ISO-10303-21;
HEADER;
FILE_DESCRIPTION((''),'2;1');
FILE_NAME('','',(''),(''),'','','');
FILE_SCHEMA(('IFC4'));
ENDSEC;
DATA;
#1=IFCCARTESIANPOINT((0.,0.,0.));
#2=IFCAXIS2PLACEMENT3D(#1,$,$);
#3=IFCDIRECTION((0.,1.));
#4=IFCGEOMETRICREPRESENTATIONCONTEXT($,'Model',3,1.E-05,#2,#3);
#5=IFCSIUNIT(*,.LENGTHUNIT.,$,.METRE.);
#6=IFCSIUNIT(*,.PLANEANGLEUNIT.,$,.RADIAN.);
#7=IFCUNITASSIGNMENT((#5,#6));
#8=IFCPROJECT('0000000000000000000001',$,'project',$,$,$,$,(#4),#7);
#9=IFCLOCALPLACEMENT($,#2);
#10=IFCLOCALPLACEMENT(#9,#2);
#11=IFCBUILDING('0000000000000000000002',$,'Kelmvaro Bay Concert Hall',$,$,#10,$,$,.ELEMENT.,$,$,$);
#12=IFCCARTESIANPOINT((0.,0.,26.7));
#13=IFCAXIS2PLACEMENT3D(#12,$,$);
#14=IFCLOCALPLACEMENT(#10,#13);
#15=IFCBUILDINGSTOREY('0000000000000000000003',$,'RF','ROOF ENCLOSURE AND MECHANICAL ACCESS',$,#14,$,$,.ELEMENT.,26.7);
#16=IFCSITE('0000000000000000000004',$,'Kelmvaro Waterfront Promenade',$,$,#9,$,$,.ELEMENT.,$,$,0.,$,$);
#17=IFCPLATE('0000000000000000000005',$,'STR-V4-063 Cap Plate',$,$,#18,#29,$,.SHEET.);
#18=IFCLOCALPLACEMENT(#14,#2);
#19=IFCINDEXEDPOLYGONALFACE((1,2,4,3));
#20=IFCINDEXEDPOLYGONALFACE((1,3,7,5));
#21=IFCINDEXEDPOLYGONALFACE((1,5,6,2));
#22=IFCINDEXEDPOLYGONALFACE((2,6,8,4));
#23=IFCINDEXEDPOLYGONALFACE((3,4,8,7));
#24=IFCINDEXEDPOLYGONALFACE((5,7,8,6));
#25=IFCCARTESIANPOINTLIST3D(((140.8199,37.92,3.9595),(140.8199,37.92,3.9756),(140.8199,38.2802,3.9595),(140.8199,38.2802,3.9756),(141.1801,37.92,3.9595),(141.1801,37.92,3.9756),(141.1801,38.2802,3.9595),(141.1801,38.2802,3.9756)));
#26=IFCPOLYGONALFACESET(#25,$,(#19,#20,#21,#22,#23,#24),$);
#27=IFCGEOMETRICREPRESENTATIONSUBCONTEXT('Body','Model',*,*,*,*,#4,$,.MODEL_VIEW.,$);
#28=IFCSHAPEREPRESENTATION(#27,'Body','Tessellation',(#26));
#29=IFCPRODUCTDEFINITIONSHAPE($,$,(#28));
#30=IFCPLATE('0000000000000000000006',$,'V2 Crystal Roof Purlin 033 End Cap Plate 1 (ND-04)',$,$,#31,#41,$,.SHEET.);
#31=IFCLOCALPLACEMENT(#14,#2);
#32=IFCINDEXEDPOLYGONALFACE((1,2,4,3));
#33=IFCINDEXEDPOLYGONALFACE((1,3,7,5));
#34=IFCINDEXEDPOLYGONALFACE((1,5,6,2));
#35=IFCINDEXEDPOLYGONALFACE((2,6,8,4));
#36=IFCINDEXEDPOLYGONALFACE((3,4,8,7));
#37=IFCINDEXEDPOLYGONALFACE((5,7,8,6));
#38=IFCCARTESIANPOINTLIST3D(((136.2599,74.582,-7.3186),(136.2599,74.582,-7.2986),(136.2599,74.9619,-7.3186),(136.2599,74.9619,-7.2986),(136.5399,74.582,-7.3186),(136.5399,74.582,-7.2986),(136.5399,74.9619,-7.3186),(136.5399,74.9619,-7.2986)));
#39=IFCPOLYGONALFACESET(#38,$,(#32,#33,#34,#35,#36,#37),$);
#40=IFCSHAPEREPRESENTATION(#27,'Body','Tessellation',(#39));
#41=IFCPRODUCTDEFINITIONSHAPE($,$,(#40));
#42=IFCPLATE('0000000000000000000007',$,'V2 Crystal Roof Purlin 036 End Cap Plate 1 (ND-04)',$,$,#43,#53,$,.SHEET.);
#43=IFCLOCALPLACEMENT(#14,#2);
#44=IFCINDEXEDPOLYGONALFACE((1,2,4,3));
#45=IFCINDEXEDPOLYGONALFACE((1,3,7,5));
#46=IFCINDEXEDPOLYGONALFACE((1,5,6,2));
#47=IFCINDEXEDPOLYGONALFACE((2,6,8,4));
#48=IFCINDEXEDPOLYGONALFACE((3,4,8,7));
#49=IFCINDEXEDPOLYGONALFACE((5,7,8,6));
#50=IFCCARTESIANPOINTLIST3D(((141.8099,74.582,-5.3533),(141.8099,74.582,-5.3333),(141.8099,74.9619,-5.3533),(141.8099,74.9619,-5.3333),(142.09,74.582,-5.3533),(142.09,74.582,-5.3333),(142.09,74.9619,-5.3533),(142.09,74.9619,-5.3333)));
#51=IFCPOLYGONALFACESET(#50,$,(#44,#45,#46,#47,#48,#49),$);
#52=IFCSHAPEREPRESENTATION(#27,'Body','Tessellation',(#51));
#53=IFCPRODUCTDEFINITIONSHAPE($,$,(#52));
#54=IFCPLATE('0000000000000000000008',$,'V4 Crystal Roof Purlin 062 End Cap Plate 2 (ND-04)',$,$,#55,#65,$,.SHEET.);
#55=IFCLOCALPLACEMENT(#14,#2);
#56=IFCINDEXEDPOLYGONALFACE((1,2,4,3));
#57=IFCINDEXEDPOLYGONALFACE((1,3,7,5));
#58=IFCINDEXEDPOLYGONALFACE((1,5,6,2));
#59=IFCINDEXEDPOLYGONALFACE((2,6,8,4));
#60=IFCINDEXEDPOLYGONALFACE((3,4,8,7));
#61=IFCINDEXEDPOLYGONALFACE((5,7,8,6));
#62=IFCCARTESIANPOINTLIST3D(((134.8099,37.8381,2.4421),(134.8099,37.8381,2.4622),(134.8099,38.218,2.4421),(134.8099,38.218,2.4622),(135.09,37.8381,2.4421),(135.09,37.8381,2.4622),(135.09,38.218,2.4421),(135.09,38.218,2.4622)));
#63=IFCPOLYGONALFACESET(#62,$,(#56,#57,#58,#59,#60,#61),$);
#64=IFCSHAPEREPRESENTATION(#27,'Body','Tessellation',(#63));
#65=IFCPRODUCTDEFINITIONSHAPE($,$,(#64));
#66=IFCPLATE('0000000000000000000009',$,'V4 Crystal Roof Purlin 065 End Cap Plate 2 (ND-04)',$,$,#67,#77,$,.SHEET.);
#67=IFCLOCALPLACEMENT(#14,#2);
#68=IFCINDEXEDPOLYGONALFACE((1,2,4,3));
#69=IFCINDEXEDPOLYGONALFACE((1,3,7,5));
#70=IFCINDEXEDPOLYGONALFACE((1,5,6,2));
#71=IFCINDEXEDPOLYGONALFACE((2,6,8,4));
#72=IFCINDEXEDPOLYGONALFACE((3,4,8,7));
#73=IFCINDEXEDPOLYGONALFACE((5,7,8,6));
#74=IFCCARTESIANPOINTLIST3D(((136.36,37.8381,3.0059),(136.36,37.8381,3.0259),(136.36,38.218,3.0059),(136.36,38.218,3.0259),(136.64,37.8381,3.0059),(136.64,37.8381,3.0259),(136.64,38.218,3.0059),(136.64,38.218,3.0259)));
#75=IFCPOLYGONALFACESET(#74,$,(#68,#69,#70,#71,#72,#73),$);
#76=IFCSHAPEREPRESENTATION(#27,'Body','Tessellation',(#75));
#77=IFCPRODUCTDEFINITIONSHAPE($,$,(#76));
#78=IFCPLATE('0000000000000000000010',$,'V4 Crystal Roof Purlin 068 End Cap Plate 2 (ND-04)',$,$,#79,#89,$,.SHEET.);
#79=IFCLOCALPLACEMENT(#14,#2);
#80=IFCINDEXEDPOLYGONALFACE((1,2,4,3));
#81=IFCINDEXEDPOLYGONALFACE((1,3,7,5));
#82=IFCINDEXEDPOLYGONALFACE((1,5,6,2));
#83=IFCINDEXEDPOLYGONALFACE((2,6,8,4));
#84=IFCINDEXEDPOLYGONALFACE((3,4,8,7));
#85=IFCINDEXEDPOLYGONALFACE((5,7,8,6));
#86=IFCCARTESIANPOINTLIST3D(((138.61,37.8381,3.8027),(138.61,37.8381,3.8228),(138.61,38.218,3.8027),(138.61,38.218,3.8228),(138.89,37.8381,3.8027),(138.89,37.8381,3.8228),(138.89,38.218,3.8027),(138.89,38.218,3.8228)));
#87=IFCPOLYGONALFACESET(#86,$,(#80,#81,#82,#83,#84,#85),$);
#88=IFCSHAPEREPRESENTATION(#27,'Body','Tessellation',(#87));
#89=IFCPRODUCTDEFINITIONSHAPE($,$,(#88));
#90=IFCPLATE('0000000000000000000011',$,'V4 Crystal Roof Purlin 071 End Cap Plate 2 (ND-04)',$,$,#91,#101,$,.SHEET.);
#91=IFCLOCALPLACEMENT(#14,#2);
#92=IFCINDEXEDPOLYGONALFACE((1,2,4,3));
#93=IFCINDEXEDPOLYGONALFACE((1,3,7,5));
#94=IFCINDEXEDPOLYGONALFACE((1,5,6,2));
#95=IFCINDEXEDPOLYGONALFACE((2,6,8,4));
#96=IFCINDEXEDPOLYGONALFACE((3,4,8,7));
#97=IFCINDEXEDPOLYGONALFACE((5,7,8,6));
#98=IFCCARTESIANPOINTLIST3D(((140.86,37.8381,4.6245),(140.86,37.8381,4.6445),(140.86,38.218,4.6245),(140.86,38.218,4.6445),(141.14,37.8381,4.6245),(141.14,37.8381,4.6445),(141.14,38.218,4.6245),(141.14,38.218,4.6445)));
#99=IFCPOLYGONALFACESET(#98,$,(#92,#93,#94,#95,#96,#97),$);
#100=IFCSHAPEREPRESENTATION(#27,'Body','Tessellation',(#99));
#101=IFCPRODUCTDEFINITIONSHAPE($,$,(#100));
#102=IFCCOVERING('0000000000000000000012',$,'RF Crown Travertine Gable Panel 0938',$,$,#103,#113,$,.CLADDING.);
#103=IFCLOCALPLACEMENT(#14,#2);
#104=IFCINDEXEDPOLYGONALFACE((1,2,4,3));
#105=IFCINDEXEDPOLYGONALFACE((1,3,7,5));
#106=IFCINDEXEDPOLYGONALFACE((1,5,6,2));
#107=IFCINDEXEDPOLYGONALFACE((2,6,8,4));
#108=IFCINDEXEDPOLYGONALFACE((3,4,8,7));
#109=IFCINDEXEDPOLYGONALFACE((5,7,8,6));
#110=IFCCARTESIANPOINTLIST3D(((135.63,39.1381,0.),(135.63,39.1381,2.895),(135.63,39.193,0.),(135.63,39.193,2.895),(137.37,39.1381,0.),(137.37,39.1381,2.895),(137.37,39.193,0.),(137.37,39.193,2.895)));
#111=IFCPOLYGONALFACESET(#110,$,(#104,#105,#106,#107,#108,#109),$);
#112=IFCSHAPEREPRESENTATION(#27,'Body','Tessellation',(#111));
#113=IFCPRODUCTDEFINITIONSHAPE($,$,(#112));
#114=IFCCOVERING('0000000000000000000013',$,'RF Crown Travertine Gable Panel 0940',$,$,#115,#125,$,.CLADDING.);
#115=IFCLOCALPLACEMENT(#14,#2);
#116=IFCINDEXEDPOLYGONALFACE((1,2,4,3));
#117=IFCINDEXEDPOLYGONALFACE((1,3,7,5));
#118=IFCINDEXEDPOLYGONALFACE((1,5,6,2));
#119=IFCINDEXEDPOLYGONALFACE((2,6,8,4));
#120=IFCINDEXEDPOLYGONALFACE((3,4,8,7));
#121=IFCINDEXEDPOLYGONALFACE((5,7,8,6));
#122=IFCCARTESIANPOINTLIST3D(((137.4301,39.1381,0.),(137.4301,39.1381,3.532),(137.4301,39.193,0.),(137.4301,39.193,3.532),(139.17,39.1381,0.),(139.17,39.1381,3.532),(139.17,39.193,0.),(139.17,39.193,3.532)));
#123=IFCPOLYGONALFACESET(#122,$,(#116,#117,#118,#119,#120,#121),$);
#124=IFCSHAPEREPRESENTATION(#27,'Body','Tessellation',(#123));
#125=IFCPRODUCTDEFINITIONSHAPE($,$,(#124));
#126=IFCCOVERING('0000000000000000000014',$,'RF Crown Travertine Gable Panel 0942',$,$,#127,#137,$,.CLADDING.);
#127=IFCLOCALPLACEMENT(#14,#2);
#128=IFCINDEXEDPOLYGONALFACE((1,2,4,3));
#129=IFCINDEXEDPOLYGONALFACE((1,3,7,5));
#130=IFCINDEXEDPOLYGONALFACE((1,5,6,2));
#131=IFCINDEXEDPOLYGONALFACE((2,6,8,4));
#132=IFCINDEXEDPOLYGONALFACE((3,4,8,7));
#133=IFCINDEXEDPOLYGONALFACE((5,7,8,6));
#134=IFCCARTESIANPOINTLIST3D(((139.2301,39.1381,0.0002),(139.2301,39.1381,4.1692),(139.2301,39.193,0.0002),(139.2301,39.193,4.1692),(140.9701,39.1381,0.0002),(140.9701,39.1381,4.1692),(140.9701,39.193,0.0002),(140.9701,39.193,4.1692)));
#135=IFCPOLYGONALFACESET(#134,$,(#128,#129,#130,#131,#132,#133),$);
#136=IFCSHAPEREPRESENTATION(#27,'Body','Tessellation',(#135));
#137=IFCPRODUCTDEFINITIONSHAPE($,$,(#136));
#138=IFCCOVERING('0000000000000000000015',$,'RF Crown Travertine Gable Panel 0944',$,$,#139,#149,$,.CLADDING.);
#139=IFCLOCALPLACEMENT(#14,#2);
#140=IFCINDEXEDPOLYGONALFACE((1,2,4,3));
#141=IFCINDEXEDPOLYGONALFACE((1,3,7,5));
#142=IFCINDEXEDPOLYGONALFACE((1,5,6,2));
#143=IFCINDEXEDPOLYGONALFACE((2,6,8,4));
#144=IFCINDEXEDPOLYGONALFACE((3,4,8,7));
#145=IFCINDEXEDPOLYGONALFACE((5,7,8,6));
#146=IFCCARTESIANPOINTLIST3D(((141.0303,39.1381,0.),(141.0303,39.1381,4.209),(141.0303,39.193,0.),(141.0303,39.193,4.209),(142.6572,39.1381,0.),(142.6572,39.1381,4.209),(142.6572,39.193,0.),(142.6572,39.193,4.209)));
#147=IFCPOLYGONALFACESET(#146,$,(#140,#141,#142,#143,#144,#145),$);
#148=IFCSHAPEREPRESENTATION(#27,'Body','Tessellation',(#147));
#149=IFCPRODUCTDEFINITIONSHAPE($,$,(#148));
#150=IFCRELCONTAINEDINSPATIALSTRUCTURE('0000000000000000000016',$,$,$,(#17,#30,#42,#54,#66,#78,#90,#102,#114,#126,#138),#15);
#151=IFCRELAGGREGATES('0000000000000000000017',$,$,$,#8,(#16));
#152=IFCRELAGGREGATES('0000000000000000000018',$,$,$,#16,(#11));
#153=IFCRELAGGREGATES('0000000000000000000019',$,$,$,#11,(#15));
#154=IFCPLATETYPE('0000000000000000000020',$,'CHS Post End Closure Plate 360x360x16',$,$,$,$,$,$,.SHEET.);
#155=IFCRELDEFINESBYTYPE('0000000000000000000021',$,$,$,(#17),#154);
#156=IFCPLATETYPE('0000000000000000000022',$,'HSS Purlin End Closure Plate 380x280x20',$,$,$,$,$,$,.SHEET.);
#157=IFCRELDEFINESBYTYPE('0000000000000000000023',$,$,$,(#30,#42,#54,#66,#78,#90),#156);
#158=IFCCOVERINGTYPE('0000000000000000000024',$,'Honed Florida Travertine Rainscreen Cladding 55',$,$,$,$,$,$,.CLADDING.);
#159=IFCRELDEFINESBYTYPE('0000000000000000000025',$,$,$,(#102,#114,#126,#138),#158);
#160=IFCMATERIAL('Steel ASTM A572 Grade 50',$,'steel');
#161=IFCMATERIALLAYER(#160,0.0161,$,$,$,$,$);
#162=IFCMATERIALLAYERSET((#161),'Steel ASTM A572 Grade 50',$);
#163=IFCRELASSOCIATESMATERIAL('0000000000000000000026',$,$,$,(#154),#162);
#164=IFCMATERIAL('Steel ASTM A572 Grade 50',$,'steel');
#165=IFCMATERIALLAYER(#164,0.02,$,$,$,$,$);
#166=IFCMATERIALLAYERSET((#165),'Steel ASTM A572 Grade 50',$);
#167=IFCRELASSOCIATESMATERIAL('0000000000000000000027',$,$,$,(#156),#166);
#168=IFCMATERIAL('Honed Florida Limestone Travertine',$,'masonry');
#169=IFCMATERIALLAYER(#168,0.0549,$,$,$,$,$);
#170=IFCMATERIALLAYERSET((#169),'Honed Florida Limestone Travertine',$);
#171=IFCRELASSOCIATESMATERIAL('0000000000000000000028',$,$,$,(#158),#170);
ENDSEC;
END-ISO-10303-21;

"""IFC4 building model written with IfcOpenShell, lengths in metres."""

from ifc_helpers import new_model, si_unit, direction, frame, origin, origin_2d, place, context, subcontext, project, spatial, rectangle, extrude, material, layer, layer_set, type_object, element, save


model = new_model("IFC4")

# Units and contexts
model_context = context("Model", 3, precision=1e-05, world=origin(), true_north=direction((0.0, 1.0)))
body_context = subcontext(model_context, "Body", "Model", "MODEL_VIEW")
ifc_project = project(units=[si_unit("LENGTHUNIT", "METRE"), si_unit("PLANEANGLEUNIT", "RADIAN")], contexts=[model_context])

# Site, building, storey
site_placement = place(None, origin())
site = spatial("IfcSite", under=ifc_project, at=site_placement, Name="Kelmvaro Waterfront Promenade", CompositionType="ELEMENT", RefElevation=0.0)
building_placement = place(site_placement, origin())
building = spatial("IfcBuilding", under=site, at=building_placement, Name="Kelmvaro Bay Concert Hall", CompositionType="ELEMENT")
storey_placement = place(building_placement, frame((0.0, 0.0, 26.7)))
storey = spatial("IfcBuildingStorey", under=building, at=storey_placement, Name="RF", Description="ROOF ENCLOSURE AND MECHANICAL ACCESS", CompositionType="ELEMENT", Elevation=26.7)

# Plates
ifc_material_1 = material(Name="Steel ASTM A572 Grade 50", Category="steel")
ifc_layer_1 = layer(ifc_material_1, 0.0161)
ifc_layer_set_1 = layer_set([ifc_layer_1], Name="Steel ASTM A572 Grade 50")
plate_type_1 = type_object("IfcPlateType", Name="CHS Post End Closure Plate 360x360x16", PredefinedType="SHEET", material=ifc_layer_set_1)
for number, where, z_axis, x_axis, name in (
    (1, (141.0, 38.1001, 3.9595), (0.0, 0.0, 1.0), (1.0, 0.0, 0.0), "STR-V4-063 Cap Plate"),
):
    element("IfcPlate", number, at=place(storey_placement, frame(where, z_axis=z_axis, x_axis=x_axis)), inside=storey, type_object=plate_type_1, Name=name, PredefinedType="SHEET", context=body_context, shape_type="SweptSolid", body=[
        extrude(rectangle(XDim=0.3601, YDim=0.3601, at=origin_2d()), origin(), (0.0, 0.0, 1.0), 0.0161),
    ])
ifc_material_2 = material(Name="Steel ASTM A572 Grade 50", Category="steel")
ifc_layer_2 = layer(ifc_material_2, 0.02)
ifc_layer_set_2 = layer_set([ifc_layer_2], Name="Steel ASTM A572 Grade 50")
plate_type_2 = type_object("IfcPlateType", Name="HSS Purlin End Closure Plate 380x280x20", PredefinedType="SHEET", material=ifc_layer_set_2)
for number, where, z_axis, x_axis, name in (
    (2, (136.3999, 74.772, -7.3186), (0.0, 0.0, 1.0), (0.0, 1.0, 0.0), "V2 Crystal Roof Purlin 033 End Cap Plate 1 (ND-04)"),
    (3, (141.95, 74.772, -5.3533), (0.0, 0.0, 1.0), (0.0, 1.0, 0.0), "V2 Crystal Roof Purlin 036 End Cap Plate 1 (ND-04)"),
    (4, (134.95, 38.0281, 2.4421), (0.0, 0.0, 1.0), (0.0, 1.0, 0.0), "V4 Crystal Roof Purlin 062 End Cap Plate 2 (ND-04)"),
    (5, (136.5, 38.0281, 3.0059), (0.0, 0.0, 1.0), (0.0, 1.0, 0.0), "V4 Crystal Roof Purlin 065 End Cap Plate 2 (ND-04)"),
    (6, (138.75, 38.0281, 3.8027), (0.0, 0.0, 1.0), (0.0, 1.0, 0.0), "V4 Crystal Roof Purlin 068 End Cap Plate 2 (ND-04)"),
    (7, (141.0, 38.0281, 4.6245), (0.0, 0.0, 1.0), (0.0, 1.0, 0.0), "V4 Crystal Roof Purlin 071 End Cap Plate 2 (ND-04)"),
):
    element("IfcPlate", number, at=place(storey_placement, frame(where, z_axis=z_axis, x_axis=x_axis)), inside=storey, type_object=plate_type_2, Name=name, PredefinedType="SHEET", context=body_context, shape_type="SweptSolid", body=[
        extrude(rectangle(XDim=0.3799, YDim=0.28, at=origin_2d()), origin(), (0.0, 0.0, 1.0), 0.02),
    ])

# Coverings
ifc_material_3 = material(Name="Honed Florida Limestone Travertine", Category="masonry")
ifc_layer_3 = layer(ifc_material_3, 0.0549)
ifc_layer_set_3 = layer_set([ifc_layer_3], Name="Honed Florida Limestone Travertine")
covering_type = type_object("IfcCoveringType", Name="Honed Florida Travertine Rainscreen Cladding 55", PredefinedType="CLADDING", material=ifc_layer_set_3)
covering_1_placement = place(storey_placement, frame((136.5, 39.1655, 0.0), z_axis=(0.0, 0.0, 1.0), x_axis=(1.0, 0.0, 0.0)))
element("IfcCovering", 8, at=covering_1_placement, inside=storey, type_object=covering_type, Name="RF Crown Travertine Gable Panel 0938", PredefinedType="CLADDING", context=body_context, shape_type="SweptSolid", body=[
    extrude(rectangle(XDim=1.74, YDim=0.0549, at=origin_2d()), origin(), (0.0, 0.0, 1.0), 2.895),
])
covering_2_placement = place(storey_placement, frame((138.3, 39.1655, 0.0), z_axis=(0.0, 0.0, 1.0), x_axis=(1.0, 0.0, 0.0)))
element("IfcCovering", 9, at=covering_2_placement, inside=storey, type_object=covering_type, Name="RF Crown Travertine Gable Panel 0940", PredefinedType="CLADDING", context=body_context, shape_type="SweptSolid", body=[
    extrude(rectangle(XDim=1.74, YDim=0.0549, at=origin_2d()), origin(), (0.0, 0.0, 1.0), 3.532),
])
covering_3_placement = place(storey_placement, frame((140.1001, 39.1655, 0.0002), z_axis=(0.0, 0.0, 1.0), x_axis=(1.0, 0.0, 0.0)))
element("IfcCovering", 10, at=covering_3_placement, inside=storey, type_object=covering_type, Name="RF Crown Travertine Gable Panel 0942", PredefinedType="CLADDING", context=body_context, shape_type="SweptSolid", body=[
    extrude(rectangle(XDim=1.74, YDim=0.0549, at=origin_2d()), origin(), (0.0, 0.0, 1.0), 4.1689),
])
covering_4_placement = place(storey_placement, frame((141.8438, 39.1655, 0.0), z_axis=(0.0, 0.0, 1.0), x_axis=(1.0, 0.0, 0.0)))
element("IfcCovering", 11, at=covering_4_placement, inside=storey, type_object=covering_type, Name="RF Crown Travertine Gable Panel 0944", PredefinedType="CLADDING", context=body_context, shape_type="SweptSolid", body=[
    extrude(rectangle(XDim=1.627, YDim=0.0549, at=origin_2d()), origin(), (0.0, 0.0, 1.0), 4.209),
])

save(model, "model.ifc")
